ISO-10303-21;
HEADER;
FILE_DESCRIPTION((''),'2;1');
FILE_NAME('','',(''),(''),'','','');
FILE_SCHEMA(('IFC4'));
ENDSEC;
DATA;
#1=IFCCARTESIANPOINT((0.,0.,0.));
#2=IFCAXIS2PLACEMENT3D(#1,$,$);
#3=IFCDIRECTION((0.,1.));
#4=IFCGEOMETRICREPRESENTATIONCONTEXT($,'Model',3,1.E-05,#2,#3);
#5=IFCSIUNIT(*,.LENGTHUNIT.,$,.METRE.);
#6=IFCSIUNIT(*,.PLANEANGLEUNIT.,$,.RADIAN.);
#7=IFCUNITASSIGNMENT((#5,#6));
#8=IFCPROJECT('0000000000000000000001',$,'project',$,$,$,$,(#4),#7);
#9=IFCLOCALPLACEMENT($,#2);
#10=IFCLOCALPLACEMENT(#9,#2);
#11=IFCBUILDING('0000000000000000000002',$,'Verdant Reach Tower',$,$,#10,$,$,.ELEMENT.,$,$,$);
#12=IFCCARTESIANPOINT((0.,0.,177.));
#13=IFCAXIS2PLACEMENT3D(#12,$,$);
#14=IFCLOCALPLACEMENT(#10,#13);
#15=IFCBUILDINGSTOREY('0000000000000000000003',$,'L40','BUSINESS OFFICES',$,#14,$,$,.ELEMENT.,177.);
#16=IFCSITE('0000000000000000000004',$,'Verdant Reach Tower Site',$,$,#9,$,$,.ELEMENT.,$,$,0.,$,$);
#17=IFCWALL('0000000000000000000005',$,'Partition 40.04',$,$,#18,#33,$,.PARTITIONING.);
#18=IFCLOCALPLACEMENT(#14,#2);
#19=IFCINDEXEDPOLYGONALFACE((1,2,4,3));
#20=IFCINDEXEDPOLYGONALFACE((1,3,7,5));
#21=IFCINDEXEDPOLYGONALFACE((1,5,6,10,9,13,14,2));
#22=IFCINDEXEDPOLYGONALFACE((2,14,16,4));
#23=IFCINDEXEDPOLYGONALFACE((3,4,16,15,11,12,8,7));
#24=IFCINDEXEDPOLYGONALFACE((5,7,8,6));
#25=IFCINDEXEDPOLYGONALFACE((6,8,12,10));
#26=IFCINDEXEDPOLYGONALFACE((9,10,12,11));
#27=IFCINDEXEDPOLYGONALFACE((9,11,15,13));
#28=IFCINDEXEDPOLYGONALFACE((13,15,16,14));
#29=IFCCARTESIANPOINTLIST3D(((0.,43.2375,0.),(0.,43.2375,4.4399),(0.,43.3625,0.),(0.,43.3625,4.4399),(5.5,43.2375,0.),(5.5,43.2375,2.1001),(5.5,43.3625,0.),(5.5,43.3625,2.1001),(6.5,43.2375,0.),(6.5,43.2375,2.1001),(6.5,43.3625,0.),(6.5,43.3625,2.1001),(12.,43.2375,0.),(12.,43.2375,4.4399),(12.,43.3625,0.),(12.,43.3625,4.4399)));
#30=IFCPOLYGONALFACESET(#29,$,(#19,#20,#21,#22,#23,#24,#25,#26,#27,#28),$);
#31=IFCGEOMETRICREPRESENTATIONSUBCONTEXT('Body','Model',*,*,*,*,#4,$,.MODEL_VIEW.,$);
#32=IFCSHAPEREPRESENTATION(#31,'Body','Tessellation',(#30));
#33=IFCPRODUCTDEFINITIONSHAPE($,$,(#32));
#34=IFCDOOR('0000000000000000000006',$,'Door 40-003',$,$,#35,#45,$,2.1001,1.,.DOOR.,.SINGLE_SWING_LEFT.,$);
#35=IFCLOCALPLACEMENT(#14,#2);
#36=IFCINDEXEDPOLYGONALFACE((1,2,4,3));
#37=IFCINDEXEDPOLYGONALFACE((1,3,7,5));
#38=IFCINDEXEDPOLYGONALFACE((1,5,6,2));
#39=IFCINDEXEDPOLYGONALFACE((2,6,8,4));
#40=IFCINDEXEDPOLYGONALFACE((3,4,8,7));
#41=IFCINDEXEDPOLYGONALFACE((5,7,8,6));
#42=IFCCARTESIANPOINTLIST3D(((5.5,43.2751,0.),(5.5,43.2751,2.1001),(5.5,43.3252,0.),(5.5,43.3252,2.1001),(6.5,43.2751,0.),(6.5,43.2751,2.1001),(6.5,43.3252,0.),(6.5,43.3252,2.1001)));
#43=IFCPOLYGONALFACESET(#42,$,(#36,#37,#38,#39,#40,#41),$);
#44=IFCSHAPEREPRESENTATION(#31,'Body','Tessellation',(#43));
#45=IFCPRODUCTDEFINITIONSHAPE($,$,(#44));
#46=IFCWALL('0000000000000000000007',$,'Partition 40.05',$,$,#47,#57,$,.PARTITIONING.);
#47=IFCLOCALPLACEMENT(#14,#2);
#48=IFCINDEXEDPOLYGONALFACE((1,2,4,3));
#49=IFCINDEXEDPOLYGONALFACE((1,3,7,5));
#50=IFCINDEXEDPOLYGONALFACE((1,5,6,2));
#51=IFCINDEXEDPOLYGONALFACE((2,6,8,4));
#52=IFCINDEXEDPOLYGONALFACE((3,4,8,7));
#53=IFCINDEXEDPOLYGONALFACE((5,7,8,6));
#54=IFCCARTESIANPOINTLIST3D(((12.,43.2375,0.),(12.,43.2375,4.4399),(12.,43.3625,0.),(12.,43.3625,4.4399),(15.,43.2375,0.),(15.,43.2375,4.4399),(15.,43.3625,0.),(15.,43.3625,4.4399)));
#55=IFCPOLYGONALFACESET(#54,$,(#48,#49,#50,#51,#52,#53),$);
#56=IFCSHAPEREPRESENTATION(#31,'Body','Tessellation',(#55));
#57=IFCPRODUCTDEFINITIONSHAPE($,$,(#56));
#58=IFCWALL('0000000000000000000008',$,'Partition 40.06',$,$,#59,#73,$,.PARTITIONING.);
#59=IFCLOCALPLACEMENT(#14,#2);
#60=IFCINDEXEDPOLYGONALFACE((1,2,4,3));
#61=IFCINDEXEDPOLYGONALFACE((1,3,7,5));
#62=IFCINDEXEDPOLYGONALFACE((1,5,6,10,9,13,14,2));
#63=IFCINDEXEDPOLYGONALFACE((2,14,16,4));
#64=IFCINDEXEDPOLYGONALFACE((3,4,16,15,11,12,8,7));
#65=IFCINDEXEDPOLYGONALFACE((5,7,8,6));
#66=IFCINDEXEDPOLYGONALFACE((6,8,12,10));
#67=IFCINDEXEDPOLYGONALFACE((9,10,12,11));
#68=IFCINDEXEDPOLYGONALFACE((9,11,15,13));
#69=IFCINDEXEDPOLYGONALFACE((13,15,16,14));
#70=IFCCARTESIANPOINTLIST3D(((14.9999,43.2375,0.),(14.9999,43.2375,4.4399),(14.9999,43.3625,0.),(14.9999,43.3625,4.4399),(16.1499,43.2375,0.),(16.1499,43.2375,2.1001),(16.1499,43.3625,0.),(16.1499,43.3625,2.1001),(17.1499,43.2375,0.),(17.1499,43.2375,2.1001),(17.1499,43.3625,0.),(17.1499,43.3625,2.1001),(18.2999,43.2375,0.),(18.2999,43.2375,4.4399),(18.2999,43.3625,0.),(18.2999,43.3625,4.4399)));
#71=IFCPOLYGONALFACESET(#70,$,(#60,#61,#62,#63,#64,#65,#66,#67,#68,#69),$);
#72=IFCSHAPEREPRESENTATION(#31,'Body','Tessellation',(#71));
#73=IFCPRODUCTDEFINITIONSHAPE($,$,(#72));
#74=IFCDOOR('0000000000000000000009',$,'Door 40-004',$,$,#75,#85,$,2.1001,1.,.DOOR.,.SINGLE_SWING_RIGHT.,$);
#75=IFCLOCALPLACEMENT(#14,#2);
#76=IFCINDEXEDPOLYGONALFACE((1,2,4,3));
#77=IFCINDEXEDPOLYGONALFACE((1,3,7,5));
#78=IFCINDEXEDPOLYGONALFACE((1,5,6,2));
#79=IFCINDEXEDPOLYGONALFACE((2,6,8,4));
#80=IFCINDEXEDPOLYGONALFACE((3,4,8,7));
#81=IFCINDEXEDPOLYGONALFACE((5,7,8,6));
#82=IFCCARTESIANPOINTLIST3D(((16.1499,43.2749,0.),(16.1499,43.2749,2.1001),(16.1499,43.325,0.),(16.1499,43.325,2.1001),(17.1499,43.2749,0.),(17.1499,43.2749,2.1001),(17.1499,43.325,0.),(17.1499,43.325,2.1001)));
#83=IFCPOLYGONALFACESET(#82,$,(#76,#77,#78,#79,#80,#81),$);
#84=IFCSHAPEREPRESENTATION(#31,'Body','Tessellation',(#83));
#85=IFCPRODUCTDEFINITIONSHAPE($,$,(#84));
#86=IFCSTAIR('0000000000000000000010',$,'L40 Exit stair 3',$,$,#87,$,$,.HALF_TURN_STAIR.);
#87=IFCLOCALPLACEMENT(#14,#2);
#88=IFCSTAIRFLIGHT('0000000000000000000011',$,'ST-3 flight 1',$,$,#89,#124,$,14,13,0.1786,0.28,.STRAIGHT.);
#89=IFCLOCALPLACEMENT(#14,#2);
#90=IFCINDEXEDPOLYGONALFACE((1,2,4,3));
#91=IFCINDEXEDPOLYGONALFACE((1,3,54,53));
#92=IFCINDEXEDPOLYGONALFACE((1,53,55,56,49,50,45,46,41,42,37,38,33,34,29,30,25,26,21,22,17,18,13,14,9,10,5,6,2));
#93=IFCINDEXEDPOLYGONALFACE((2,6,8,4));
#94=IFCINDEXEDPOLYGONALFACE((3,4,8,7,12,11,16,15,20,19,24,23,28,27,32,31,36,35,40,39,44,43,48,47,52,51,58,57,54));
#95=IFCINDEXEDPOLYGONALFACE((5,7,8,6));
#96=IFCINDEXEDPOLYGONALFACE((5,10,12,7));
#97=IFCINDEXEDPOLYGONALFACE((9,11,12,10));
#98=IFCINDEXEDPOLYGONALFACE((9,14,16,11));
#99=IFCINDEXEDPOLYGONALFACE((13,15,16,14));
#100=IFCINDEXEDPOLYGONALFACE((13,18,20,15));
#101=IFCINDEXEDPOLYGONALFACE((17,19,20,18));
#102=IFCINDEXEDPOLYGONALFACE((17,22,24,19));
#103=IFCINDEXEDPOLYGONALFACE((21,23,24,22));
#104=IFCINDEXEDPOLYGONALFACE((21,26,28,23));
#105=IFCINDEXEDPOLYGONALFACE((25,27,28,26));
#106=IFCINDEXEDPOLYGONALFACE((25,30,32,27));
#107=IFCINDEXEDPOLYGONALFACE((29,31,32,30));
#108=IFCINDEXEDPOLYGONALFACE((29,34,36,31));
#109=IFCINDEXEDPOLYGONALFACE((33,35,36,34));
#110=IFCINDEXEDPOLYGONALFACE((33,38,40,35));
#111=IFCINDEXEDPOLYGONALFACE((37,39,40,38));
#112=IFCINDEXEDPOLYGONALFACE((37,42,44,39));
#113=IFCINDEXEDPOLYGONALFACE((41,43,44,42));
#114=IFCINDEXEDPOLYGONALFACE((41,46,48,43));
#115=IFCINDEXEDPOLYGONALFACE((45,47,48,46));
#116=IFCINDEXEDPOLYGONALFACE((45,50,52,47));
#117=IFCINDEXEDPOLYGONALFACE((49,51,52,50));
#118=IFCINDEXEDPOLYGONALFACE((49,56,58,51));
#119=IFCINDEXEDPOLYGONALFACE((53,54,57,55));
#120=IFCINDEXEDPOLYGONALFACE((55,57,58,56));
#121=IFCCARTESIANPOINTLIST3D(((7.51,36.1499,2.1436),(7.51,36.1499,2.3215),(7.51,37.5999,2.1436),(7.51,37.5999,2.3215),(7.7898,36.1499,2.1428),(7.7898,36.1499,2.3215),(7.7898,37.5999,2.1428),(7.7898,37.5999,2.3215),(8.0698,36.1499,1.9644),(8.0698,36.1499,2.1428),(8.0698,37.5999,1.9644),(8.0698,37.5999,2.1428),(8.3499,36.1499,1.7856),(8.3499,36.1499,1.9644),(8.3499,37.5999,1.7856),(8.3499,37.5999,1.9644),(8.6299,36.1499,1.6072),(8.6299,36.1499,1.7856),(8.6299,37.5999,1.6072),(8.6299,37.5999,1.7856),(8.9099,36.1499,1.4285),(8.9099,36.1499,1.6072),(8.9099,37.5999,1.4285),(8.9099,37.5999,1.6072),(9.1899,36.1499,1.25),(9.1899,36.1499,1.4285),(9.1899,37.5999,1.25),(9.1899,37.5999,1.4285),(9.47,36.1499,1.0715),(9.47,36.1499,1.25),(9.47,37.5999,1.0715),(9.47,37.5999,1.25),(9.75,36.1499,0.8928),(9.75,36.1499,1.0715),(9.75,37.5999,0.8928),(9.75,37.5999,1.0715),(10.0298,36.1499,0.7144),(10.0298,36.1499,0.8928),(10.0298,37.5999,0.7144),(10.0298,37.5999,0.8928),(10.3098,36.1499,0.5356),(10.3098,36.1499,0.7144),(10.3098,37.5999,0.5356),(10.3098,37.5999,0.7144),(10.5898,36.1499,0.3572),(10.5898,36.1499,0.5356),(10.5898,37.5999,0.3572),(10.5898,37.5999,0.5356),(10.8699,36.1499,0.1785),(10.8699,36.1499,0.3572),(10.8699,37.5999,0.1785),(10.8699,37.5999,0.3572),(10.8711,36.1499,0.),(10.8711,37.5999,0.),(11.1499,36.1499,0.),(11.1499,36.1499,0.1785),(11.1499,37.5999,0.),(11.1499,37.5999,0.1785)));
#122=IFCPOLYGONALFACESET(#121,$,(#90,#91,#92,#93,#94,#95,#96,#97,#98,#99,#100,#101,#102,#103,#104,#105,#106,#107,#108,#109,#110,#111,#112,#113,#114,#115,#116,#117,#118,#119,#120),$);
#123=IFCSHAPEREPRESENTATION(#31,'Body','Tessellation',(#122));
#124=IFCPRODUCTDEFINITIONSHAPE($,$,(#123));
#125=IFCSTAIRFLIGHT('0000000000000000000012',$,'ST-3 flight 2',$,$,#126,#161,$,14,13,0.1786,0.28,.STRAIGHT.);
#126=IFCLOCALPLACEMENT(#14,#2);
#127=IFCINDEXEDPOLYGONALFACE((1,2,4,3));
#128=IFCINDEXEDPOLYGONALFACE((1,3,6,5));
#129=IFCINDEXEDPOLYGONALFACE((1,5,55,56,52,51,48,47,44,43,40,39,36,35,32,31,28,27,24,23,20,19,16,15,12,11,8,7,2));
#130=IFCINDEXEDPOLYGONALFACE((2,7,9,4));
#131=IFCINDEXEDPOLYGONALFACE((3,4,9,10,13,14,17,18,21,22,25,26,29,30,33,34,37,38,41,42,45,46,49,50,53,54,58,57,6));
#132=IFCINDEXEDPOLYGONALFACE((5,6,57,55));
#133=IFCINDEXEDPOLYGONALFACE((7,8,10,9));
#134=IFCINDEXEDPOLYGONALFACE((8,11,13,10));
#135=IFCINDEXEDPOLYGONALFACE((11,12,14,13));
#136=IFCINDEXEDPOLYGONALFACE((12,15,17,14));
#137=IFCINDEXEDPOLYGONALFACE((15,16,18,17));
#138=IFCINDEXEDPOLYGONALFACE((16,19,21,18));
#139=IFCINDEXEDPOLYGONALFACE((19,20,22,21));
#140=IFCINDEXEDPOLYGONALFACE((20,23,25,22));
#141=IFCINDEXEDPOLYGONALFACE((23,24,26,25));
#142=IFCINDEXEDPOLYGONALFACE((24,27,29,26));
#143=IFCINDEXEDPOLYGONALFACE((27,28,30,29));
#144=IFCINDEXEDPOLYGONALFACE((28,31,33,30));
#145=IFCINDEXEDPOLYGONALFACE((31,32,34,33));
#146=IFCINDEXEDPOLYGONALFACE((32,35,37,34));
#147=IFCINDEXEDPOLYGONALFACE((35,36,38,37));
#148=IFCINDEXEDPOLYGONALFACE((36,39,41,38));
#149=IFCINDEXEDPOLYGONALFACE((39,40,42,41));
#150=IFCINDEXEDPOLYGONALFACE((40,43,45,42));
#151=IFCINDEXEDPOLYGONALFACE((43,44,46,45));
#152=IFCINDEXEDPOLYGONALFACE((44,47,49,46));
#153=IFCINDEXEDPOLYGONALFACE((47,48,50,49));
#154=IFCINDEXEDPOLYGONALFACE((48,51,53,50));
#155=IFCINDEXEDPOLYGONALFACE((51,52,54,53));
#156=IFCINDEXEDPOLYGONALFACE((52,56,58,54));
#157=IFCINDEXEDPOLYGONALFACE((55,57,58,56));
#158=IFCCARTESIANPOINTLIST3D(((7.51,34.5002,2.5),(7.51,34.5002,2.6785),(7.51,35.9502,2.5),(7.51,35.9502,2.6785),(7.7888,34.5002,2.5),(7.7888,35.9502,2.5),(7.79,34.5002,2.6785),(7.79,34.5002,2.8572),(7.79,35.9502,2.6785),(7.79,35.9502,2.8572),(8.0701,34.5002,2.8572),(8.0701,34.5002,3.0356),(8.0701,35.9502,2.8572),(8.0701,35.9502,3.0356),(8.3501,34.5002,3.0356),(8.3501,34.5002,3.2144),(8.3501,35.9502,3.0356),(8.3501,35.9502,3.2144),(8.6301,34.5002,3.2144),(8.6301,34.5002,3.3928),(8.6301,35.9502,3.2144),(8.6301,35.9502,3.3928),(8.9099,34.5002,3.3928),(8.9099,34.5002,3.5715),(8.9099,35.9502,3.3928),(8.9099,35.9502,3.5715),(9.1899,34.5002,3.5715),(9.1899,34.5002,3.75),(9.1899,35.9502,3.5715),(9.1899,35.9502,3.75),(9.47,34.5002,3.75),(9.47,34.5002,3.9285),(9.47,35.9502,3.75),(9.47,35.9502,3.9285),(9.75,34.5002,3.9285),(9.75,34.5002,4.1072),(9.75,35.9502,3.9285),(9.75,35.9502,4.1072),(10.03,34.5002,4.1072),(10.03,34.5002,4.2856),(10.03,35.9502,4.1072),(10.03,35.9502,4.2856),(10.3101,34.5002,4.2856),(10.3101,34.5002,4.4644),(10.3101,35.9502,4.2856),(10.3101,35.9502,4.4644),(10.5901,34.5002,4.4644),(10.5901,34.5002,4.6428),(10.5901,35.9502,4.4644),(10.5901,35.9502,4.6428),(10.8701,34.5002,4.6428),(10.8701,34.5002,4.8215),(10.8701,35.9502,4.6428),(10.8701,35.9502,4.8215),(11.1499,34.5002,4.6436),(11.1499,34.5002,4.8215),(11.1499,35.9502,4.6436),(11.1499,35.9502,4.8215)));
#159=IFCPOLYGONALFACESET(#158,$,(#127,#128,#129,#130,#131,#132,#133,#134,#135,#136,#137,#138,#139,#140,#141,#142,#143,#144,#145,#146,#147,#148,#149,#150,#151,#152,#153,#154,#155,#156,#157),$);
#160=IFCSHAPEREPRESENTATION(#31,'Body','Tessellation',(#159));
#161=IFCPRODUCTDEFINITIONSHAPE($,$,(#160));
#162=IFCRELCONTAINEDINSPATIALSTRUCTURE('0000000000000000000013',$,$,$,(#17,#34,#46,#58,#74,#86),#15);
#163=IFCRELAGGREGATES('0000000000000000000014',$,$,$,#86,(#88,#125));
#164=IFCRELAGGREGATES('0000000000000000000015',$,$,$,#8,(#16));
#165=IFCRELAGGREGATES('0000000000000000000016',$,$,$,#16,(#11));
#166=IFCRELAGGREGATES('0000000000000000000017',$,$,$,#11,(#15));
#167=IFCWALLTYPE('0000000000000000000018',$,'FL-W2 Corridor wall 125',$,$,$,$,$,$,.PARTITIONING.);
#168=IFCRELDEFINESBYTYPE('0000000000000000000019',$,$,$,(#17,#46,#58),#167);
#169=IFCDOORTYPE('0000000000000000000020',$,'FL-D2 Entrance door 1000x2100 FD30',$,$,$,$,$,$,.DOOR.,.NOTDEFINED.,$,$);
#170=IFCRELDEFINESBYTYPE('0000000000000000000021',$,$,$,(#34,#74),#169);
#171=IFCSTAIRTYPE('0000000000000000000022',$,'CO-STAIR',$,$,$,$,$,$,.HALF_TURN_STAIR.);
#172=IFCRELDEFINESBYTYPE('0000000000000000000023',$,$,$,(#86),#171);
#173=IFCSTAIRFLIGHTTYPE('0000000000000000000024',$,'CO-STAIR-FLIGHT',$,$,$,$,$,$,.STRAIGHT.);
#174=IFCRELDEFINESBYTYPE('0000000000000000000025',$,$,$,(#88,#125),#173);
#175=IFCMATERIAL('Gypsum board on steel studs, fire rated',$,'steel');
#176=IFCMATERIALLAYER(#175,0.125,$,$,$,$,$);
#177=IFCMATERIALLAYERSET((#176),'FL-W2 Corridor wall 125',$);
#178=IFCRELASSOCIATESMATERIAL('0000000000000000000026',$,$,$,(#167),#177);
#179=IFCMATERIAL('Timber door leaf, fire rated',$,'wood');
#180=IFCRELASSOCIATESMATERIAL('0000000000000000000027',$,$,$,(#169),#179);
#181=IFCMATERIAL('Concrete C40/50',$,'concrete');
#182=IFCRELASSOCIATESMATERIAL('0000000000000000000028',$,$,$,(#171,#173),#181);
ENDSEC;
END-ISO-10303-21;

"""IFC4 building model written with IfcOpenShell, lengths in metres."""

from ifc_helpers import new_model, si_unit, direction, frame, frame_2d, origin, place, context, subcontext, project, spatial, polyline, rectangle, outline, extrude, material, layer, layer_set, type_object, element, fill, aggregate, save


model = new_model("IFC4")

# Units and contexts
model_context = context("Model", 3, precision=1e-05, world=origin(), true_north=direction((0.0, 1.0)))
body_context = subcontext(model_context, "Body", "Model", "MODEL_VIEW")
ifc_project = project(units=[si_unit("LENGTHUNIT", "METRE"), si_unit("PLANEANGLEUNIT", "RADIAN")], contexts=[model_context])

# Site, building, storey
site_placement = place(None, origin())
site = spatial("IfcSite", under=ifc_project, at=site_placement, Name="Verdant Reach Tower Site", CompositionType="ELEMENT", RefElevation=0.0)
building_placement = place(site_placement, origin())
building = spatial("IfcBuilding", under=site, at=building_placement, Name="Verdant Reach Tower", CompositionType="ELEMENT")
storey_placement = place(building_placement, frame((0.0, 0.0, 177.0)))
storey = spatial("IfcBuildingStorey", under=building, at=storey_placement, Name="L40", Description="BUSINESS OFFICES", CompositionType="ELEMENT", Elevation=177.0)

# Shared definitions
ifc_material_1 = material(Name="Concrete C40/50", Category="concrete")

# Wall, opening, door
ifc_material_2 = material(Name="Gypsum board on steel studs, fire rated", Category="steel")
ifc_layer_1 = layer(ifc_material_2, 0.125)
ifc_layer_set_1 = layer_set([ifc_layer_1], Name="FL-W2 Corridor wall 125")
wall_type_1 = type_object("IfcWallType", Name="FL-W2 Corridor wall 125", PredefinedType="PARTITIONING", material=ifc_layer_set_1)
wall_1_placement = place(storey_placement, frame((12.0, 43.3, 0.0), z_axis=(0.0, 0.0, 1.0), x_axis=(-1.0, 0.0, 0.0)))
wall_1 = element("IfcWall", 1, at=wall_1_placement, inside=storey, type_object=wall_type_1, Name="Partition 40.04", PredefinedType="PARTITIONING", context=body_context, shape_type="SweptSolid", body=[
    extrude(rectangle(XDim=12.0, YDim=0.125, at=frame_2d((6.0, 0.0))), origin(), (0.0, 0.0, 1.0), 4.4399),
])
opening_1_placement = place(wall_1_placement, frame((5.5, 0.0, 0.0)))
opening_1 = element("IfcOpeningElement", 2, at=opening_1_placement, cuts=wall_1, PredefinedType="OPENING", context=body_context, shape_type="SweptSolid", body=[
    extrude(rectangle(XDim=1.0, YDim=2.1001, at=frame_2d((0.5, 1.05))), frame((0.0, 0.0725, 0.0), z_axis=(0.0, -1.0, 0.0), x_axis=(1.0, 0.0, 0.0)), (0.0, 0.0, 1.0), 0.145),
])
ifc_material_3 = material(Name="Timber door leaf, fire rated", Category="wood")
door_type_1 = type_object("IfcDoorType", Name="FL-D2 Entrance door 1000x2100 FD30", OperationType="NOTDEFINED", PredefinedType="DOOR", material=ifc_material_3)
door_1_placement = place(opening_1_placement, origin())
door_1 = element("IfcDoor", 3, at=door_1_placement, inside=storey, type_object=door_type_1, Name="Door 40-003", OperationType="SINGLE_SWING_LEFT", OverallHeight=2.1001, OverallWidth=1.0, PredefinedType="DOOR", context=body_context, shape_type="SweptSolid", body=[
    extrude(rectangle(XDim=1.0, YDim=2.1001, at=frame_2d((0.5, 1.05))), frame((0.0, 0.0249, 0.0), z_axis=(0.0, -1.0, 0.0), x_axis=(1.0, 0.0, 0.0)), (0.0, 0.0, 1.0), 0.05),
])
fill(opening_1, door_1)

# Wall
wall_2_placement = place(storey_placement, frame((15.0, 43.3, 0.0), z_axis=(0.0, 0.0, 1.0), x_axis=(-1.0, 0.0, 0.0)))
element("IfcWall", 4, at=wall_2_placement, inside=storey, type_object=wall_type_1, Name="Partition 40.05", PredefinedType="PARTITIONING", context=body_context, shape_type="SweptSolid", body=[
    extrude(rectangle(XDim=3.0, YDim=0.125, at=frame_2d((1.5, 0.0))), origin(), (0.0, 0.0, 1.0), 4.4399),
])

# Wall, opening, door
wall_3_placement = place(storey_placement, frame((15.0, 43.3, 0.0), z_axis=(0.0, 0.0, 1.0), x_axis=(1.0, 0.0, 0.0)))
wall_3 = element("IfcWall", 5, at=wall_3_placement, inside=storey, type_object=wall_type_1, Name="Partition 40.06", PredefinedType="PARTITIONING", context=body_context, shape_type="SweptSolid", body=[
    extrude(rectangle(XDim=3.3, YDim=0.125, at=frame_2d((1.6499, 0.0))), origin(), (0.0, 0.0, 1.0), 4.4399),
])
opening_2_placement = place(wall_3_placement, frame((1.1499, 0.0, 0.0)))
opening_2 = element("IfcOpeningElement", 6, at=opening_2_placement, cuts=wall_3, PredefinedType="OPENING", context=body_context, shape_type="SweptSolid", body=[
    extrude(rectangle(XDim=1.0, YDim=2.1001, at=frame_2d((0.5, 1.05))), frame((0.0, 0.0725, 0.0), z_axis=(0.0, -1.0, 0.0), x_axis=(1.0, 0.0, 0.0)), (0.0, 0.0, 1.0), 0.145),
])
door_2_placement = place(opening_2_placement, origin())
door_2 = element("IfcDoor", 7, at=door_2_placement, inside=storey, type_object=door_type_1, Name="Door 40-004", OperationType="SINGLE_SWING_RIGHT", OverallHeight=2.1001, OverallWidth=1.0, PredefinedType="DOOR", context=body_context, shape_type="SweptSolid", body=[
    extrude(rectangle(XDim=1.0, YDim=2.1001, at=frame_2d((0.5, 1.05))), frame((0.0, 0.0249, 0.0), z_axis=(0.0, -1.0, 0.0), x_axis=(1.0, 0.0, 0.0)), (0.0, 0.0, 1.0), 0.05),
])
fill(opening_2, door_2)

# Stair, stair flights
stair_type = type_object("IfcStairType", Name="CO-STAIR", PredefinedType="HALF_TURN_STAIR", material=ifc_material_1)
stair_placement = place(storey_placement, origin())
stair = element("IfcStair", 8, at=stair_placement, inside=storey, type_object=stair_type, Name="L40 Exit stair 3", PredefinedType="HALF_TURN_STAIR")
stair_flight_type = type_object("IfcStairFlightType", Name="CO-STAIR-FLIGHT", PredefinedType="STRAIGHT", material=ifc_material_1)
stair_flight_1_placement = place(storey_placement, frame((11.1499, 36.875, 0.0), z_axis=(0.0, 0.0, 1.0), x_axis=(-1.0, 0.0, 0.0)))
stair_flight_1 = element("IfcStairFlight", 9, at=stair_flight_1_placement, type_object=stair_flight_type, Name="ST-3 flight 1", NumberOfRisers=14, NumberOfTreads=13, PredefinedType="STRAIGHT", RiserHeight=0.1786, TreadLength=0.28, context=body_context, shape_type="SweptSolid", body=[
    extrude(outline(polyline([(0.0, 0.0), (0.0, 0.1785), (0.28, 0.1785), (0.28, 0.3572), (0.5601, 0.3572), (0.5601, 0.5356), (0.8401, 0.5356), (0.8401, 0.7144), (1.1201, 0.7144), (1.1201, 0.8928), (1.3999, 0.8928), (1.3999, 1.0715), (1.6799, 1.0715), (1.6799, 1.25), (1.96, 1.25), (1.96, 1.4285), (2.24, 1.4285), (2.24, 1.6072), (2.52, 1.6072), (2.52, 1.7856), (2.8, 1.7856), (2.8, 1.9644), (3.0801, 1.9644), (3.0801, 2.1428), (3.3601, 2.1428), (3.3601, 2.3215), (3.6399, 2.3215), (3.6399, 2.5), (3.6399, 2.1436), (0.2788, 0.0), (0.0, 0.0)])), frame((0.0, 0.7251, 0.0), z_axis=(0.0, -1.0, 0.0), x_axis=(1.0, 0.0, 0.0)), (0.0, 0.0, 1.0), 1.45),
])
stair_flight_2_placement = place(storey_placement, frame((7.51, 35.2251, 2.5), z_axis=(0.0, 0.0, 1.0), x_axis=(1.0, 0.0, 0.0)))
stair_flight_2 = element("IfcStairFlight", 10, at=stair_flight_2_placement, type_object=stair_flight_type, Name="ST-3 flight 2", NumberOfRisers=14, NumberOfTreads=13, PredefinedType="STRAIGHT", RiserHeight=0.1786, TreadLength=0.28, context=body_context, shape_type="SweptSolid", body=[
    extrude(outline(polyline([(0.0, 0.0), (0.0, 0.1785), (0.28, 0.1785), (0.28, 0.3572), (0.5601, 0.3572), (0.5601, 0.5356), (0.8401, 0.5356), (0.8401, 0.7144), (1.1201, 0.7144), (1.1201, 0.8928), (1.3999, 0.8928), (1.3999, 1.0715), (1.6799, 1.0715), (1.6799, 1.25), (1.96, 1.25), (1.96, 1.4285), (2.24, 1.4285), (2.24, 1.6072), (2.52, 1.6072), (2.52, 1.7856), (2.8, 1.7856), (2.8, 1.9644), (3.0801, 1.9644), (3.0801, 2.1428), (3.3601, 2.1428), (3.3601, 2.3215), (3.6399, 2.3215), (3.6399, 2.5), (3.6399, 2.1436), (0.2788, 0.0), (0.0, 0.0)])), frame((0.0, 0.7251, 0.0), z_axis=(0.0, -1.0, 0.0), x_axis=(1.0, 0.0, 0.0)), (0.0, 0.0, 1.0), 1.45),
])
aggregate(stair, [stair_flight_1, stair_flight_2])

save(model, "model.ifc")
